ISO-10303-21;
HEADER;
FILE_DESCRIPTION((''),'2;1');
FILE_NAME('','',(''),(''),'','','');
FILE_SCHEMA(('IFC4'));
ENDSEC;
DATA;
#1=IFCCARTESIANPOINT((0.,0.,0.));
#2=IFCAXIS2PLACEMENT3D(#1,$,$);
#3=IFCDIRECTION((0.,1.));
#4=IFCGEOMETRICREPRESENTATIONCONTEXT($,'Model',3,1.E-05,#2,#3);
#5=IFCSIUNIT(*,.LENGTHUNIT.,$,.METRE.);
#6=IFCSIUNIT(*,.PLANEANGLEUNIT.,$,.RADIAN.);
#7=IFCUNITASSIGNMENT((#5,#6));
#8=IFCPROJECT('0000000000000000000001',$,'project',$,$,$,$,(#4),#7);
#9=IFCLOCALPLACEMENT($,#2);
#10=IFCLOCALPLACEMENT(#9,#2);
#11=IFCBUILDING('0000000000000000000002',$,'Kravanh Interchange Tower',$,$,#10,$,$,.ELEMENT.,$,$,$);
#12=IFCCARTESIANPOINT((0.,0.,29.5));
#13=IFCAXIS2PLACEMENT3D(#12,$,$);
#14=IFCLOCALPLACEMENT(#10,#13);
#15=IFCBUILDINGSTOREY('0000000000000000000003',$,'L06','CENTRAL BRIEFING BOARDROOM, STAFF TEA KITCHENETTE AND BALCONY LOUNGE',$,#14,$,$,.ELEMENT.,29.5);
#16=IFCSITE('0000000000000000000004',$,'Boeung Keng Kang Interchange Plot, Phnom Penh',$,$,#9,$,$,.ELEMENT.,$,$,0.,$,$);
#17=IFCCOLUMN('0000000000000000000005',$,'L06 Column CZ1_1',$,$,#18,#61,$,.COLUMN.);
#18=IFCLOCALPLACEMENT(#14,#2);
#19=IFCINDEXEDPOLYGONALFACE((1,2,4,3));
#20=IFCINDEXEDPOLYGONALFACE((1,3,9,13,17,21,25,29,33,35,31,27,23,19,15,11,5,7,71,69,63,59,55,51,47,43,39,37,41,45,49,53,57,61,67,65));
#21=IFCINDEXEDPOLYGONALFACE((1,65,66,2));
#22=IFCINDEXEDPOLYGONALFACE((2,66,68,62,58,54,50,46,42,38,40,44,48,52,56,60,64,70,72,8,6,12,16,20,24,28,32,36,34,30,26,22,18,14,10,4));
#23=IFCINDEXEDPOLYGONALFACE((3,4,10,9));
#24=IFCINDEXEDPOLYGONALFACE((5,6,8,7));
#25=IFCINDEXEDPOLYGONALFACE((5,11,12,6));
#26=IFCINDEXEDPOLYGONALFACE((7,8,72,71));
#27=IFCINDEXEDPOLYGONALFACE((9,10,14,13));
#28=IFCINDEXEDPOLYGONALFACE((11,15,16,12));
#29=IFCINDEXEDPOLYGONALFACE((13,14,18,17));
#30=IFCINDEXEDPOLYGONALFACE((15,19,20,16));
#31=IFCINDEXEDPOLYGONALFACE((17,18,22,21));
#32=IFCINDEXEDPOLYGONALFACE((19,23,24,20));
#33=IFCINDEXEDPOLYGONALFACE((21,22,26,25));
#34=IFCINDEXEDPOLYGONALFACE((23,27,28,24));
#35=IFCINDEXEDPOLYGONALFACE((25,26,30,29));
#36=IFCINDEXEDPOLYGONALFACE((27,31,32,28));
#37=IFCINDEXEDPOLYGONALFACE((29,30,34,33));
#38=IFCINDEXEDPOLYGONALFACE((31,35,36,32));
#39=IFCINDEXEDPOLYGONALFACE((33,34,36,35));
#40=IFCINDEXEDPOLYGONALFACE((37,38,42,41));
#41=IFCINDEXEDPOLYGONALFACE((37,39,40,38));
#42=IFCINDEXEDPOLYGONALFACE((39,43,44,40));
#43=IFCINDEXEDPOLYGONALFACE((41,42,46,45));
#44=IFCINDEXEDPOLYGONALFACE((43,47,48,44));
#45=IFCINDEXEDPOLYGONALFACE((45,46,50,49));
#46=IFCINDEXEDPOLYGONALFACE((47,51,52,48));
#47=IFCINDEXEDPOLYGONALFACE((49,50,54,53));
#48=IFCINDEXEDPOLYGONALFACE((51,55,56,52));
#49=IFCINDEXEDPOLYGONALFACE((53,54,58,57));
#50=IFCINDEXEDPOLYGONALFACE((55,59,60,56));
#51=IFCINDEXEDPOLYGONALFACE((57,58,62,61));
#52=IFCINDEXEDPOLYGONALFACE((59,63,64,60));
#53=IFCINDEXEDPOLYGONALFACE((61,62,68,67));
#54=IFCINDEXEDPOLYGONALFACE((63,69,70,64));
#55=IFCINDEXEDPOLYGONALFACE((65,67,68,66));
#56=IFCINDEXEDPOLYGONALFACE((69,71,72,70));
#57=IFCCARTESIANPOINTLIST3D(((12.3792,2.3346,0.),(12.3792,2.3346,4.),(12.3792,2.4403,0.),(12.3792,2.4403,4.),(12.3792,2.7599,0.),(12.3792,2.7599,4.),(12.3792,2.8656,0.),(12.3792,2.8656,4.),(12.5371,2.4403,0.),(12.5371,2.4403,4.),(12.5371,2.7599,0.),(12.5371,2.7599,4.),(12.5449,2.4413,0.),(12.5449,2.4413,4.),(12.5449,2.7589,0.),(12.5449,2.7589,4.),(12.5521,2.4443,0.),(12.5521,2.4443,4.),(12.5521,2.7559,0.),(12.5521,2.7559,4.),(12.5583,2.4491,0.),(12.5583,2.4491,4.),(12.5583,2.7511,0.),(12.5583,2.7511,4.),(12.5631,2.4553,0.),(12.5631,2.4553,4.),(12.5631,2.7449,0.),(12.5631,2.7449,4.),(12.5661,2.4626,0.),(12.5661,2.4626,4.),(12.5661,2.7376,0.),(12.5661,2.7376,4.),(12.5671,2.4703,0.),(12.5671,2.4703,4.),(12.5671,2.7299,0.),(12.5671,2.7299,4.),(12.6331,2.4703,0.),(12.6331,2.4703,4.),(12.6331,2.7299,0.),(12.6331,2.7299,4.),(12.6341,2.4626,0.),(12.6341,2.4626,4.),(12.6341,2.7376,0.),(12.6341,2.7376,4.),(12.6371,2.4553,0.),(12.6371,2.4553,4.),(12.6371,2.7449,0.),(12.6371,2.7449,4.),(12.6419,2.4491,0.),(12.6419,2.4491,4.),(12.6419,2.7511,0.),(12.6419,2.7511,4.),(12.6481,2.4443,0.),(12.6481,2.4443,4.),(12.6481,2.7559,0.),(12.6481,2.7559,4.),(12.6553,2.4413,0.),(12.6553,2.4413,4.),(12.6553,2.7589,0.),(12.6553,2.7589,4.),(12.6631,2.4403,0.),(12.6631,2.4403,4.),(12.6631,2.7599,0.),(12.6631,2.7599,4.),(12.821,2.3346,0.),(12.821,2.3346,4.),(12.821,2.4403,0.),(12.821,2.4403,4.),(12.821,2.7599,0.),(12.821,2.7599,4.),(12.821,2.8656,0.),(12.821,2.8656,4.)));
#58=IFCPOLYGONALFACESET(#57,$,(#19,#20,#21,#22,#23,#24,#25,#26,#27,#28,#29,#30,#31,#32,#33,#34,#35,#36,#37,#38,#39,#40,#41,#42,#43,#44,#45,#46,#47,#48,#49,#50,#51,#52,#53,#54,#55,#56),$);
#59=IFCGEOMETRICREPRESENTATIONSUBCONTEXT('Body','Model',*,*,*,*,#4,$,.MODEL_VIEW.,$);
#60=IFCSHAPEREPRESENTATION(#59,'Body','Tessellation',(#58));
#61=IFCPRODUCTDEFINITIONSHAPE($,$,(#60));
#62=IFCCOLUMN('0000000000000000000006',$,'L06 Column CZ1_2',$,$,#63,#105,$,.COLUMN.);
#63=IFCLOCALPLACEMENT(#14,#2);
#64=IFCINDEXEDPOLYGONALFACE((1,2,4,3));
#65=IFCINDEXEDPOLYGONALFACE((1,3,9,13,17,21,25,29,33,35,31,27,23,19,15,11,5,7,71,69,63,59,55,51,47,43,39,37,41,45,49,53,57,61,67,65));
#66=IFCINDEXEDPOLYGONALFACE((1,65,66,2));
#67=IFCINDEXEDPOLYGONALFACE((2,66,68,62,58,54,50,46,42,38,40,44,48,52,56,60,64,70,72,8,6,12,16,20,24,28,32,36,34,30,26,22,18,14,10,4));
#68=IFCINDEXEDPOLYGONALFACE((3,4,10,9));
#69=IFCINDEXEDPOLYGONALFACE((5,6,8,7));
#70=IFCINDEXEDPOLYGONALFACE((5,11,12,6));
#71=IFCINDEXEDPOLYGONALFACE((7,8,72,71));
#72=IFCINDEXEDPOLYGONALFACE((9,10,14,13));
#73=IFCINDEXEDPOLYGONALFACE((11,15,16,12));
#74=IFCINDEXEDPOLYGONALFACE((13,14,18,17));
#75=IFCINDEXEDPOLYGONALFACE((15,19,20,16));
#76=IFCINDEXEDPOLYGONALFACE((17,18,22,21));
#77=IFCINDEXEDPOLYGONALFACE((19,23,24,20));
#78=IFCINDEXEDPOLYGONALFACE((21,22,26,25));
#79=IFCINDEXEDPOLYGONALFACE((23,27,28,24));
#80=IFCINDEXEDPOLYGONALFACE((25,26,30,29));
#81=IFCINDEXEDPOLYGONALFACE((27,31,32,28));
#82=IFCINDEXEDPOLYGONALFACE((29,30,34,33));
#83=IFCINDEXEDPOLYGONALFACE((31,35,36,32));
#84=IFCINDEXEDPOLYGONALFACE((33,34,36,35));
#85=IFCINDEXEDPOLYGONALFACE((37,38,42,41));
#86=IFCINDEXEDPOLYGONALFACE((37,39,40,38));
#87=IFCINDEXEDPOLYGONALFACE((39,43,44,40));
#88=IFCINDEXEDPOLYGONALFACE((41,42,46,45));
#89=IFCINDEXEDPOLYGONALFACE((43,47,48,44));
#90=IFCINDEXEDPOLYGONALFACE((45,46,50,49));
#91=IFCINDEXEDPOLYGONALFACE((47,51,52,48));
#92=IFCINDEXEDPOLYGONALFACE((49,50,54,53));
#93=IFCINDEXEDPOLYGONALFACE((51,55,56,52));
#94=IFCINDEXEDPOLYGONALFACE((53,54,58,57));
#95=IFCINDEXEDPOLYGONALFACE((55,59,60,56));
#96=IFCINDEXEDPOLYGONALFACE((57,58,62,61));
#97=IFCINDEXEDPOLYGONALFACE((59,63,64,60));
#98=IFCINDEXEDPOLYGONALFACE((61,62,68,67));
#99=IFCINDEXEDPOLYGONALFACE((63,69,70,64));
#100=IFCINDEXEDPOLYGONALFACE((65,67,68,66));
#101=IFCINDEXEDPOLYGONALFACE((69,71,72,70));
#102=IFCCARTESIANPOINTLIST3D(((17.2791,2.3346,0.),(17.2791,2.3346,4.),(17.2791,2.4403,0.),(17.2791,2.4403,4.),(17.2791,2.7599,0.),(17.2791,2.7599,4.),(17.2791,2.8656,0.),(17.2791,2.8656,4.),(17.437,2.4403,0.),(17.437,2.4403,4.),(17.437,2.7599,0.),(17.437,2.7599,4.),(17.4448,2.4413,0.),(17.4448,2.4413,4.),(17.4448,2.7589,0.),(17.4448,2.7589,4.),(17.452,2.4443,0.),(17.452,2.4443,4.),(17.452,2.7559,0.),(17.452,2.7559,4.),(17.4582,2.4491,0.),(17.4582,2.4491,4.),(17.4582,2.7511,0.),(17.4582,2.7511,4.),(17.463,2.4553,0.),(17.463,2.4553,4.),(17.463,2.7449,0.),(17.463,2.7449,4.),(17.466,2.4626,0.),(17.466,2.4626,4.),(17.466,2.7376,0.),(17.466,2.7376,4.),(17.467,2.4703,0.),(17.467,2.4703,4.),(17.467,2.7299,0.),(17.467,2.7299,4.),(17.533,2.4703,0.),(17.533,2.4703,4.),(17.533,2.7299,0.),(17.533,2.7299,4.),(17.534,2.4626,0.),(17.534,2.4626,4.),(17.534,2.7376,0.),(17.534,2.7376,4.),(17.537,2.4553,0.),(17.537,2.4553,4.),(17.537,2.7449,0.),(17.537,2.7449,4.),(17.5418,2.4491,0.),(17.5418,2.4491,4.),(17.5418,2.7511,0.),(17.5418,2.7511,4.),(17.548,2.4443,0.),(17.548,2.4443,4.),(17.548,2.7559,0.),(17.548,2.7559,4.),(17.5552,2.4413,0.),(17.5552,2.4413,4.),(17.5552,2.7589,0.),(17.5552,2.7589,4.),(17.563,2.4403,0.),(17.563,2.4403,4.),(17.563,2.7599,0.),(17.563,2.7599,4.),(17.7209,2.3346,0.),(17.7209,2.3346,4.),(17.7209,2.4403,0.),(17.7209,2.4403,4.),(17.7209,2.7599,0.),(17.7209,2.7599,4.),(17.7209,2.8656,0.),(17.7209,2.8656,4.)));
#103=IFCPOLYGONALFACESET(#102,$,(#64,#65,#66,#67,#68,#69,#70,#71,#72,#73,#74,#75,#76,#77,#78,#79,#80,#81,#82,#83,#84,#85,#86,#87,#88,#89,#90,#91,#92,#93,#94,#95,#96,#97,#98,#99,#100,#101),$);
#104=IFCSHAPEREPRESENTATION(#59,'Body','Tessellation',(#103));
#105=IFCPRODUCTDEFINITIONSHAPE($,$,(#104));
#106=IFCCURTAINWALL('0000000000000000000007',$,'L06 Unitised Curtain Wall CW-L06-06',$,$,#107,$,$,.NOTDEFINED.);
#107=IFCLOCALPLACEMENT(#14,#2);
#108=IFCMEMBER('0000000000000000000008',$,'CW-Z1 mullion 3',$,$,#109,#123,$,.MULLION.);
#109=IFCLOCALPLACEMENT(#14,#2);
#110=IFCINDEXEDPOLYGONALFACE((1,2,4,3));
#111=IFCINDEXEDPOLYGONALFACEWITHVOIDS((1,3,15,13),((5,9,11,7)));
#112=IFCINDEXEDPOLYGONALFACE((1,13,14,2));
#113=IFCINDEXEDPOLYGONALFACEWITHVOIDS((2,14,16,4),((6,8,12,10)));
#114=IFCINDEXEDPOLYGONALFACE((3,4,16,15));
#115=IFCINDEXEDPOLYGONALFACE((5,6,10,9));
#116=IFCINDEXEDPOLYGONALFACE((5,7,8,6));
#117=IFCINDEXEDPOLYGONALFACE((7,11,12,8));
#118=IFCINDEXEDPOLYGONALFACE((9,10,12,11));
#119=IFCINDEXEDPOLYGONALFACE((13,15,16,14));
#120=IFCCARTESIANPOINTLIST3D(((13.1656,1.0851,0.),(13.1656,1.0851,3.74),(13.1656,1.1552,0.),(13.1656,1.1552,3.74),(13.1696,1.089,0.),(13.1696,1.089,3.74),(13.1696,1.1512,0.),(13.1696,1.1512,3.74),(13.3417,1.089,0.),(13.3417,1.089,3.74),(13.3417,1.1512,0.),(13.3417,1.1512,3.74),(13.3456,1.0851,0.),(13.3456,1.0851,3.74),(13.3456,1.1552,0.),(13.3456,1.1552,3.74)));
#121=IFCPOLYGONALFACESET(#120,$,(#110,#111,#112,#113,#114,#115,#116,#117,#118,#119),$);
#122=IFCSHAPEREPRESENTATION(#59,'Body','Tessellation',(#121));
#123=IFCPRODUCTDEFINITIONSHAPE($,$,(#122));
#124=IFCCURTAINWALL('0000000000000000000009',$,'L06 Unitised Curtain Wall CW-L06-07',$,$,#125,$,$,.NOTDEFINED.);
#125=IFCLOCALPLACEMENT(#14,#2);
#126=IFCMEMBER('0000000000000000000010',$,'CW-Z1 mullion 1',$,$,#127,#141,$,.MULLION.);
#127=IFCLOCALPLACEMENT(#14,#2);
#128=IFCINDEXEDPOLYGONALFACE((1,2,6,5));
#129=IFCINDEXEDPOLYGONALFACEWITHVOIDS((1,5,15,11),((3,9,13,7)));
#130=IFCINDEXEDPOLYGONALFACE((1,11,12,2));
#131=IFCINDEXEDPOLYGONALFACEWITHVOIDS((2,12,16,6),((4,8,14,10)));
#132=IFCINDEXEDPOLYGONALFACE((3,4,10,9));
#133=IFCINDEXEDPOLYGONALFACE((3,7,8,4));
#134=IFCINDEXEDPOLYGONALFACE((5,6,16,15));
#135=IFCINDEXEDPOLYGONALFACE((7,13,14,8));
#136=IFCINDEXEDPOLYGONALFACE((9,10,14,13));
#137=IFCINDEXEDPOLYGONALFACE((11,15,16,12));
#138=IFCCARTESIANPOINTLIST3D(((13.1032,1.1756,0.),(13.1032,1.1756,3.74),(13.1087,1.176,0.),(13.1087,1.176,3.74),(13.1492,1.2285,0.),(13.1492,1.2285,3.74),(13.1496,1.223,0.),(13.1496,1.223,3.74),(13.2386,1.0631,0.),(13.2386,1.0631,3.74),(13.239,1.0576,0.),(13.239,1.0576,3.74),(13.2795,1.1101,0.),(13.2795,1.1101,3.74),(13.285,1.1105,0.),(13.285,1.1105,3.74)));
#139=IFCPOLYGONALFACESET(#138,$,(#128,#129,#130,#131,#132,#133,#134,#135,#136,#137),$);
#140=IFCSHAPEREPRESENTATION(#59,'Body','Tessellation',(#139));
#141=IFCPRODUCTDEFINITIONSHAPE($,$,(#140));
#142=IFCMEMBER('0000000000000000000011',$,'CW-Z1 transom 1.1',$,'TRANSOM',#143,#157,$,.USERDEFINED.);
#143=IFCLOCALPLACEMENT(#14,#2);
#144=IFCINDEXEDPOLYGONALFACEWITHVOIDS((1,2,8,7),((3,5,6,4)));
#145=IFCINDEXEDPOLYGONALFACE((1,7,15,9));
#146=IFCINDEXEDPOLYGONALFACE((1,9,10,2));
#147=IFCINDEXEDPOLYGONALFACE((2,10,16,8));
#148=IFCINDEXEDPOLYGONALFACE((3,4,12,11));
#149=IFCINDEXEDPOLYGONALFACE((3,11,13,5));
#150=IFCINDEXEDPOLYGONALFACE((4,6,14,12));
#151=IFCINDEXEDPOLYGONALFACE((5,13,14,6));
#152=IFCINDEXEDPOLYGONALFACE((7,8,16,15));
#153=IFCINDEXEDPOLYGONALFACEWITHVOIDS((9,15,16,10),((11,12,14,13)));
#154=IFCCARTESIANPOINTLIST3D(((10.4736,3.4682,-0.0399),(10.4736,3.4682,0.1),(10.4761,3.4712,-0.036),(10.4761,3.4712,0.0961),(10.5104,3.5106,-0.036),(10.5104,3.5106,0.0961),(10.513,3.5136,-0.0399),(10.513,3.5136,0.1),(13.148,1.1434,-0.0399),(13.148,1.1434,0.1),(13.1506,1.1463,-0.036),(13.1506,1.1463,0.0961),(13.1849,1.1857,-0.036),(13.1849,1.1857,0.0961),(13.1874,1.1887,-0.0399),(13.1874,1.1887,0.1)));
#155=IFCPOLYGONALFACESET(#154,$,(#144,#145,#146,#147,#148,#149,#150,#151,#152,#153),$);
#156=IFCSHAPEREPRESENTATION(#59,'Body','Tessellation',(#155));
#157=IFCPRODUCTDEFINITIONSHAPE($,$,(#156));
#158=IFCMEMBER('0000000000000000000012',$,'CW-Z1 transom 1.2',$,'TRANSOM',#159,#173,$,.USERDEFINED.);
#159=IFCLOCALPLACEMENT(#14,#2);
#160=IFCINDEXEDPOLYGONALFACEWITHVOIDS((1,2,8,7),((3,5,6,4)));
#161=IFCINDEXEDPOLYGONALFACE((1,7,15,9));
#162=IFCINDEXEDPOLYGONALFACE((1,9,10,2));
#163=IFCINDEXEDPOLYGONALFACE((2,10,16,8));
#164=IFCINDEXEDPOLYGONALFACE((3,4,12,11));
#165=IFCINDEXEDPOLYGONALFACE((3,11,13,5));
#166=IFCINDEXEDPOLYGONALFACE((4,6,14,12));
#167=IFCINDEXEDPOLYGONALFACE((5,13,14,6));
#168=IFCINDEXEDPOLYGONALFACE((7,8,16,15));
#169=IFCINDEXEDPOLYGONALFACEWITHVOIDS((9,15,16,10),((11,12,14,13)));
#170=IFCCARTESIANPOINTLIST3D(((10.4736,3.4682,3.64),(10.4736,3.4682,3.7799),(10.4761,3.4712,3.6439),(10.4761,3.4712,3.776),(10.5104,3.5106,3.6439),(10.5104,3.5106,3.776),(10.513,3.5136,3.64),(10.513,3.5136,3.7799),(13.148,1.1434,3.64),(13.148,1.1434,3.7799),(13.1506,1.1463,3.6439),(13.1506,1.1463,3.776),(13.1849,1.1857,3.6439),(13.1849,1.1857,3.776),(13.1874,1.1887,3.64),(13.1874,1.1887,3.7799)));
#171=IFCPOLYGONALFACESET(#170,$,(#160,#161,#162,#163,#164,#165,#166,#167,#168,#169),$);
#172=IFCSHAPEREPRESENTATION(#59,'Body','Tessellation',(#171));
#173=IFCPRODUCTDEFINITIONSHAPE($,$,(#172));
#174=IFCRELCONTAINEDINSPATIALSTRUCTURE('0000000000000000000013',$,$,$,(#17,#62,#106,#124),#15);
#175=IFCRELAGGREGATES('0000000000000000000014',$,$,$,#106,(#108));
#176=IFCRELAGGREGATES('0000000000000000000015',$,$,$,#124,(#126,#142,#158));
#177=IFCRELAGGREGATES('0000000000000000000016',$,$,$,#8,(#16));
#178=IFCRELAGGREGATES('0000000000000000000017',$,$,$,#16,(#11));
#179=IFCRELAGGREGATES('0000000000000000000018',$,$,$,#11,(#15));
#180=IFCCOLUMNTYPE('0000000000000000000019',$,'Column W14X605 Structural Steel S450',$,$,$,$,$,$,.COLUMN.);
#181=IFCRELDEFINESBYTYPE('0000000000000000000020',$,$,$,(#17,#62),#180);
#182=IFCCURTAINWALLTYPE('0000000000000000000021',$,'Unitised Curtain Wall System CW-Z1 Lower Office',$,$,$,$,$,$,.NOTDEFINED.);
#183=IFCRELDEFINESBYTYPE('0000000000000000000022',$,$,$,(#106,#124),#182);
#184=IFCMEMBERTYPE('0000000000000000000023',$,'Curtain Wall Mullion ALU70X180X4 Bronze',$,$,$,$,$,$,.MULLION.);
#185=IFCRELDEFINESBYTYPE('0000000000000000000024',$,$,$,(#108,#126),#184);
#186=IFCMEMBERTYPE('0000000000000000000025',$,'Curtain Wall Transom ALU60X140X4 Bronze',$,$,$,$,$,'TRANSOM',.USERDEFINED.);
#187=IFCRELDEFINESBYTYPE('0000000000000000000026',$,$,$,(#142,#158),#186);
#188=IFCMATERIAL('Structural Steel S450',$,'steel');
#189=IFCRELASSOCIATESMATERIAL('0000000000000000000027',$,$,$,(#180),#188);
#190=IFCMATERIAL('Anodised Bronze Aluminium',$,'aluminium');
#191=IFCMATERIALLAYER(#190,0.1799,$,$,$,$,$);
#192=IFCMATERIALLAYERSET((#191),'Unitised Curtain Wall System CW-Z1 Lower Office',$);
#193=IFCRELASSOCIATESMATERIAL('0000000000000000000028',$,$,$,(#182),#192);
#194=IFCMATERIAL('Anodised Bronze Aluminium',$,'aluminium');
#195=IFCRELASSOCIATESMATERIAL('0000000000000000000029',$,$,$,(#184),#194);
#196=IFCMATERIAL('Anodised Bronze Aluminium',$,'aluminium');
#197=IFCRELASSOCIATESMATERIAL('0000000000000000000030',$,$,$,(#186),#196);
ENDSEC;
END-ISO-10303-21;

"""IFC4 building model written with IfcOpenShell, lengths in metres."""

from ifc_helpers import new_model, si_unit, direction, frame, origin, origin_2d, place, context, subcontext, project, spatial, hollow_rectangle, i_section, extrude, material, layer, layer_set, material_profile, profile_set, type_object, element, aggregate, save


model = new_model("IFC4")

# Units and contexts
model_context = context("Model", 3, precision=1e-05, world=origin(), true_north=direction((0.0, 1.0)))
body_context = subcontext(model_context, "Body", "Model", "MODEL_VIEW")
ifc_project = project(units=[si_unit("LENGTHUNIT", "METRE"), si_unit("PLANEANGLEUNIT", "RADIAN")], contexts=[model_context])

# Site, building, storey
site_placement = place(None, origin())
site = spatial("IfcSite", under=ifc_project, at=site_placement, Name="Boeung Keng Kang Interchange Plot, Phnom Penh", CompositionType="ELEMENT", RefElevation=0.0)
building_placement = place(site_placement, origin())
building = spatial("IfcBuilding", under=site, at=building_placement, Name="Kravanh Interchange Tower", CompositionType="ELEMENT")
storey_placement = place(building_placement, frame((0.0, 0.0, 29.5)))
storey = spatial("IfcBuildingStorey", under=building, at=storey_placement, Name="L06", Description="CENTRAL BRIEFING BOARDROOM, STAFF TEA KITCHENETTE AND BALCONY LOUNGE", CompositionType="ELEMENT", Elevation=29.5)

# Columns
ifc_material_1 = material(Name="Structural Steel S450", Category="steel")
ifc_material_profile_1 = material_profile(ifc_material_1, i_section(OverallWidth=0.4419, OverallDepth=0.531, WebThickness=0.0659, FlangeThickness=0.1057, FilletRadius=0.03, at=origin_2d()), Name="W14X605")
ifc_profile_set_1 = profile_set([ifc_material_profile_1], Name="Structural Steel S450")
column_type = type_object("IfcColumnType", Name="Column W14X605 Structural Steel S450", PredefinedType="COLUMN", material=ifc_profile_set_1)
for number, where, z_axis, x_axis, name in (
    (1, (12.6001, 2.6001, 0.0), (0.0, 0.0, 1.0), (1.0, 0.0, 0.0), "L06 Column CZ1_1"),
    (2, (17.5, 2.6001, 0.0), (0.0, 0.0, 1.0), (1.0, 0.0, 0.0), "L06 Column CZ1_2"),
):
    element("IfcColumn", number, at=place(storey_placement, frame(where, z_axis=z_axis, x_axis=x_axis)), inside=storey, type_object=column_type, Name=name, PredefinedType="COLUMN", context=body_context, shape_type="SweptSolid", body=[
        extrude(i_section(OverallWidth=0.4419, OverallDepth=0.531, WebThickness=0.0659, FlangeThickness=0.1057, FilletRadius=0.03, at=origin_2d()), origin(), (0.0, 0.0, 1.0), 4.0),
    ])

# Curtain wall, member
ifc_material_2 = material(Name="Anodised Bronze Aluminium", Category="aluminium")
ifc_layer_1 = layer(ifc_material_2, 0.1799)
ifc_layer_set_1 = layer_set([ifc_layer_1], Name="Unitised Curtain Wall System CW-Z1 Lower Office")
curtain_wall_type = type_object("IfcCurtainWallType", Name="Unitised Curtain Wall System CW-Z1 Lower Office", PredefinedType="NOTDEFINED", material=ifc_layer_set_1)
curtain_wall_1_placement = place(storey_placement, origin())
curtain_wall_1 = element("IfcCurtainWall", 3, at=curtain_wall_1_placement, inside=storey, type_object=curtain_wall_type, Name="L06 Unitised Curtain Wall CW-L06-06", PredefinedType="NOTDEFINED")
ifc_material_3 = material(Name="Anodised Bronze Aluminium", Category="aluminium")
ifc_material_profile_2 = material_profile(ifc_material_3, hollow_rectangle(XDim=0.0701, YDim=0.1799, WallThickness=0.0039, at=origin_2d()), Name="ALU70X180X4")
ifc_profile_set_2 = profile_set([ifc_material_profile_2], Name="Anodised Bronze Aluminium")
member_type_1 = type_object("IfcMemberType", Name="Curtain Wall Mullion ALU70X180X4 Bronze", PredefinedType="MULLION", material=ifc_profile_set_2)
member_1_placement = place(storey_placement, frame((13.2556, 1.1201, 0.0), z_axis=(0.0, 0.0, 1.0), x_axis=(0.0, -1.0, 0.0)))
member_1 = element("IfcMember", 4, at=member_1_placement, type_object=member_type_1, Name="CW-Z1 mullion 3", PredefinedType="MULLION", context=body_context, shape_type="SweptSolid", body=[
    extrude(hollow_rectangle(XDim=0.0701, YDim=0.1799, WallThickness=0.0039, at=origin_2d()), origin(), (0.0, 0.0, 1.0), 3.74),
])

# Curtain wall, members
curtain_wall_2_placement = place(storey_placement, origin())
curtain_wall_2 = element("IfcCurtainWall", 5, at=curtain_wall_2_placement, inside=storey, type_object=curtain_wall_type, Name="L06 Unitised Curtain Wall CW-L06-07", PredefinedType="NOTDEFINED")
member_2_placement = place(storey_placement, frame((13.1941, 1.1431, 0.0), z_axis=(0.0, 0.0, 1.0), x_axis=(-0.65606, -0.754708, 0.0)))
member_2 = element("IfcMember", 6, at=member_2_placement, type_object=member_type_1, Name="CW-Z1 mullion 1", PredefinedType="MULLION", context=body_context, shape_type="SweptSolid", body=[
    extrude(hollow_rectangle(XDim=0.0701, YDim=0.1799, WallThickness=0.0039, at=origin_2d()), origin(), (0.0, 0.0, 1.0), 3.74),
])
ifc_material_4 = material(Name="Anodised Bronze Aluminium", Category="aluminium")
ifc_material_profile_3 = material_profile(ifc_material_4, hollow_rectangle(XDim=0.0601, YDim=0.1399, WallThickness=0.0039, at=origin_2d()), Name="ALU60X140X4")
ifc_profile_set_3 = profile_set([ifc_material_profile_3], Name="Anodised Bronze Aluminium")
member_type_2 = type_object("IfcMemberType", Name="Curtain Wall Transom ALU60X140X4 Bronze", ElementType="TRANSOM", PredefinedType="USERDEFINED", material=ifc_profile_set_3)
member_3_placement = place(storey_placement, frame((13.1677, 1.166, 0.03), z_axis=(-0.754711, 0.656058, 0.0), x_axis=(-0.656058, -0.754711, 0.0)))
member_3 = element("IfcMember", 7, at=member_3_placement, type_object=member_type_2, Name="CW-Z1 transom 1.1", ObjectType="TRANSOM", PredefinedType="USERDEFINED", context=body_context, shape_type="SweptSolid", body=[
    extrude(hollow_rectangle(XDim=0.0601, YDim=0.1399, WallThickness=0.0039, at=origin_2d()), origin(), (0.0, 0.0, 1.0), 3.5437),
])
member_4_placement = place(storey_placement, frame((13.1677, 1.166, 3.71), z_axis=(-0.754711, 0.656058, 0.0), x_axis=(-0.656058, -0.754711, 0.0)))
member_4 = element("IfcMember", 8, at=member_4_placement, type_object=member_type_2, Name="CW-Z1 transom 1.2", ObjectType="TRANSOM", PredefinedType="USERDEFINED", context=body_context, shape_type="SweptSolid", body=[
    extrude(hollow_rectangle(XDim=0.0601, YDim=0.1399, WallThickness=0.0039, at=origin_2d()), origin(), (0.0, 0.0, 1.0), 3.5437),
])

aggregate(curtain_wall_1, [member_1])
aggregate(curtain_wall_2, [member_2, member_3, member_4])

save(model, "model.ifc")
